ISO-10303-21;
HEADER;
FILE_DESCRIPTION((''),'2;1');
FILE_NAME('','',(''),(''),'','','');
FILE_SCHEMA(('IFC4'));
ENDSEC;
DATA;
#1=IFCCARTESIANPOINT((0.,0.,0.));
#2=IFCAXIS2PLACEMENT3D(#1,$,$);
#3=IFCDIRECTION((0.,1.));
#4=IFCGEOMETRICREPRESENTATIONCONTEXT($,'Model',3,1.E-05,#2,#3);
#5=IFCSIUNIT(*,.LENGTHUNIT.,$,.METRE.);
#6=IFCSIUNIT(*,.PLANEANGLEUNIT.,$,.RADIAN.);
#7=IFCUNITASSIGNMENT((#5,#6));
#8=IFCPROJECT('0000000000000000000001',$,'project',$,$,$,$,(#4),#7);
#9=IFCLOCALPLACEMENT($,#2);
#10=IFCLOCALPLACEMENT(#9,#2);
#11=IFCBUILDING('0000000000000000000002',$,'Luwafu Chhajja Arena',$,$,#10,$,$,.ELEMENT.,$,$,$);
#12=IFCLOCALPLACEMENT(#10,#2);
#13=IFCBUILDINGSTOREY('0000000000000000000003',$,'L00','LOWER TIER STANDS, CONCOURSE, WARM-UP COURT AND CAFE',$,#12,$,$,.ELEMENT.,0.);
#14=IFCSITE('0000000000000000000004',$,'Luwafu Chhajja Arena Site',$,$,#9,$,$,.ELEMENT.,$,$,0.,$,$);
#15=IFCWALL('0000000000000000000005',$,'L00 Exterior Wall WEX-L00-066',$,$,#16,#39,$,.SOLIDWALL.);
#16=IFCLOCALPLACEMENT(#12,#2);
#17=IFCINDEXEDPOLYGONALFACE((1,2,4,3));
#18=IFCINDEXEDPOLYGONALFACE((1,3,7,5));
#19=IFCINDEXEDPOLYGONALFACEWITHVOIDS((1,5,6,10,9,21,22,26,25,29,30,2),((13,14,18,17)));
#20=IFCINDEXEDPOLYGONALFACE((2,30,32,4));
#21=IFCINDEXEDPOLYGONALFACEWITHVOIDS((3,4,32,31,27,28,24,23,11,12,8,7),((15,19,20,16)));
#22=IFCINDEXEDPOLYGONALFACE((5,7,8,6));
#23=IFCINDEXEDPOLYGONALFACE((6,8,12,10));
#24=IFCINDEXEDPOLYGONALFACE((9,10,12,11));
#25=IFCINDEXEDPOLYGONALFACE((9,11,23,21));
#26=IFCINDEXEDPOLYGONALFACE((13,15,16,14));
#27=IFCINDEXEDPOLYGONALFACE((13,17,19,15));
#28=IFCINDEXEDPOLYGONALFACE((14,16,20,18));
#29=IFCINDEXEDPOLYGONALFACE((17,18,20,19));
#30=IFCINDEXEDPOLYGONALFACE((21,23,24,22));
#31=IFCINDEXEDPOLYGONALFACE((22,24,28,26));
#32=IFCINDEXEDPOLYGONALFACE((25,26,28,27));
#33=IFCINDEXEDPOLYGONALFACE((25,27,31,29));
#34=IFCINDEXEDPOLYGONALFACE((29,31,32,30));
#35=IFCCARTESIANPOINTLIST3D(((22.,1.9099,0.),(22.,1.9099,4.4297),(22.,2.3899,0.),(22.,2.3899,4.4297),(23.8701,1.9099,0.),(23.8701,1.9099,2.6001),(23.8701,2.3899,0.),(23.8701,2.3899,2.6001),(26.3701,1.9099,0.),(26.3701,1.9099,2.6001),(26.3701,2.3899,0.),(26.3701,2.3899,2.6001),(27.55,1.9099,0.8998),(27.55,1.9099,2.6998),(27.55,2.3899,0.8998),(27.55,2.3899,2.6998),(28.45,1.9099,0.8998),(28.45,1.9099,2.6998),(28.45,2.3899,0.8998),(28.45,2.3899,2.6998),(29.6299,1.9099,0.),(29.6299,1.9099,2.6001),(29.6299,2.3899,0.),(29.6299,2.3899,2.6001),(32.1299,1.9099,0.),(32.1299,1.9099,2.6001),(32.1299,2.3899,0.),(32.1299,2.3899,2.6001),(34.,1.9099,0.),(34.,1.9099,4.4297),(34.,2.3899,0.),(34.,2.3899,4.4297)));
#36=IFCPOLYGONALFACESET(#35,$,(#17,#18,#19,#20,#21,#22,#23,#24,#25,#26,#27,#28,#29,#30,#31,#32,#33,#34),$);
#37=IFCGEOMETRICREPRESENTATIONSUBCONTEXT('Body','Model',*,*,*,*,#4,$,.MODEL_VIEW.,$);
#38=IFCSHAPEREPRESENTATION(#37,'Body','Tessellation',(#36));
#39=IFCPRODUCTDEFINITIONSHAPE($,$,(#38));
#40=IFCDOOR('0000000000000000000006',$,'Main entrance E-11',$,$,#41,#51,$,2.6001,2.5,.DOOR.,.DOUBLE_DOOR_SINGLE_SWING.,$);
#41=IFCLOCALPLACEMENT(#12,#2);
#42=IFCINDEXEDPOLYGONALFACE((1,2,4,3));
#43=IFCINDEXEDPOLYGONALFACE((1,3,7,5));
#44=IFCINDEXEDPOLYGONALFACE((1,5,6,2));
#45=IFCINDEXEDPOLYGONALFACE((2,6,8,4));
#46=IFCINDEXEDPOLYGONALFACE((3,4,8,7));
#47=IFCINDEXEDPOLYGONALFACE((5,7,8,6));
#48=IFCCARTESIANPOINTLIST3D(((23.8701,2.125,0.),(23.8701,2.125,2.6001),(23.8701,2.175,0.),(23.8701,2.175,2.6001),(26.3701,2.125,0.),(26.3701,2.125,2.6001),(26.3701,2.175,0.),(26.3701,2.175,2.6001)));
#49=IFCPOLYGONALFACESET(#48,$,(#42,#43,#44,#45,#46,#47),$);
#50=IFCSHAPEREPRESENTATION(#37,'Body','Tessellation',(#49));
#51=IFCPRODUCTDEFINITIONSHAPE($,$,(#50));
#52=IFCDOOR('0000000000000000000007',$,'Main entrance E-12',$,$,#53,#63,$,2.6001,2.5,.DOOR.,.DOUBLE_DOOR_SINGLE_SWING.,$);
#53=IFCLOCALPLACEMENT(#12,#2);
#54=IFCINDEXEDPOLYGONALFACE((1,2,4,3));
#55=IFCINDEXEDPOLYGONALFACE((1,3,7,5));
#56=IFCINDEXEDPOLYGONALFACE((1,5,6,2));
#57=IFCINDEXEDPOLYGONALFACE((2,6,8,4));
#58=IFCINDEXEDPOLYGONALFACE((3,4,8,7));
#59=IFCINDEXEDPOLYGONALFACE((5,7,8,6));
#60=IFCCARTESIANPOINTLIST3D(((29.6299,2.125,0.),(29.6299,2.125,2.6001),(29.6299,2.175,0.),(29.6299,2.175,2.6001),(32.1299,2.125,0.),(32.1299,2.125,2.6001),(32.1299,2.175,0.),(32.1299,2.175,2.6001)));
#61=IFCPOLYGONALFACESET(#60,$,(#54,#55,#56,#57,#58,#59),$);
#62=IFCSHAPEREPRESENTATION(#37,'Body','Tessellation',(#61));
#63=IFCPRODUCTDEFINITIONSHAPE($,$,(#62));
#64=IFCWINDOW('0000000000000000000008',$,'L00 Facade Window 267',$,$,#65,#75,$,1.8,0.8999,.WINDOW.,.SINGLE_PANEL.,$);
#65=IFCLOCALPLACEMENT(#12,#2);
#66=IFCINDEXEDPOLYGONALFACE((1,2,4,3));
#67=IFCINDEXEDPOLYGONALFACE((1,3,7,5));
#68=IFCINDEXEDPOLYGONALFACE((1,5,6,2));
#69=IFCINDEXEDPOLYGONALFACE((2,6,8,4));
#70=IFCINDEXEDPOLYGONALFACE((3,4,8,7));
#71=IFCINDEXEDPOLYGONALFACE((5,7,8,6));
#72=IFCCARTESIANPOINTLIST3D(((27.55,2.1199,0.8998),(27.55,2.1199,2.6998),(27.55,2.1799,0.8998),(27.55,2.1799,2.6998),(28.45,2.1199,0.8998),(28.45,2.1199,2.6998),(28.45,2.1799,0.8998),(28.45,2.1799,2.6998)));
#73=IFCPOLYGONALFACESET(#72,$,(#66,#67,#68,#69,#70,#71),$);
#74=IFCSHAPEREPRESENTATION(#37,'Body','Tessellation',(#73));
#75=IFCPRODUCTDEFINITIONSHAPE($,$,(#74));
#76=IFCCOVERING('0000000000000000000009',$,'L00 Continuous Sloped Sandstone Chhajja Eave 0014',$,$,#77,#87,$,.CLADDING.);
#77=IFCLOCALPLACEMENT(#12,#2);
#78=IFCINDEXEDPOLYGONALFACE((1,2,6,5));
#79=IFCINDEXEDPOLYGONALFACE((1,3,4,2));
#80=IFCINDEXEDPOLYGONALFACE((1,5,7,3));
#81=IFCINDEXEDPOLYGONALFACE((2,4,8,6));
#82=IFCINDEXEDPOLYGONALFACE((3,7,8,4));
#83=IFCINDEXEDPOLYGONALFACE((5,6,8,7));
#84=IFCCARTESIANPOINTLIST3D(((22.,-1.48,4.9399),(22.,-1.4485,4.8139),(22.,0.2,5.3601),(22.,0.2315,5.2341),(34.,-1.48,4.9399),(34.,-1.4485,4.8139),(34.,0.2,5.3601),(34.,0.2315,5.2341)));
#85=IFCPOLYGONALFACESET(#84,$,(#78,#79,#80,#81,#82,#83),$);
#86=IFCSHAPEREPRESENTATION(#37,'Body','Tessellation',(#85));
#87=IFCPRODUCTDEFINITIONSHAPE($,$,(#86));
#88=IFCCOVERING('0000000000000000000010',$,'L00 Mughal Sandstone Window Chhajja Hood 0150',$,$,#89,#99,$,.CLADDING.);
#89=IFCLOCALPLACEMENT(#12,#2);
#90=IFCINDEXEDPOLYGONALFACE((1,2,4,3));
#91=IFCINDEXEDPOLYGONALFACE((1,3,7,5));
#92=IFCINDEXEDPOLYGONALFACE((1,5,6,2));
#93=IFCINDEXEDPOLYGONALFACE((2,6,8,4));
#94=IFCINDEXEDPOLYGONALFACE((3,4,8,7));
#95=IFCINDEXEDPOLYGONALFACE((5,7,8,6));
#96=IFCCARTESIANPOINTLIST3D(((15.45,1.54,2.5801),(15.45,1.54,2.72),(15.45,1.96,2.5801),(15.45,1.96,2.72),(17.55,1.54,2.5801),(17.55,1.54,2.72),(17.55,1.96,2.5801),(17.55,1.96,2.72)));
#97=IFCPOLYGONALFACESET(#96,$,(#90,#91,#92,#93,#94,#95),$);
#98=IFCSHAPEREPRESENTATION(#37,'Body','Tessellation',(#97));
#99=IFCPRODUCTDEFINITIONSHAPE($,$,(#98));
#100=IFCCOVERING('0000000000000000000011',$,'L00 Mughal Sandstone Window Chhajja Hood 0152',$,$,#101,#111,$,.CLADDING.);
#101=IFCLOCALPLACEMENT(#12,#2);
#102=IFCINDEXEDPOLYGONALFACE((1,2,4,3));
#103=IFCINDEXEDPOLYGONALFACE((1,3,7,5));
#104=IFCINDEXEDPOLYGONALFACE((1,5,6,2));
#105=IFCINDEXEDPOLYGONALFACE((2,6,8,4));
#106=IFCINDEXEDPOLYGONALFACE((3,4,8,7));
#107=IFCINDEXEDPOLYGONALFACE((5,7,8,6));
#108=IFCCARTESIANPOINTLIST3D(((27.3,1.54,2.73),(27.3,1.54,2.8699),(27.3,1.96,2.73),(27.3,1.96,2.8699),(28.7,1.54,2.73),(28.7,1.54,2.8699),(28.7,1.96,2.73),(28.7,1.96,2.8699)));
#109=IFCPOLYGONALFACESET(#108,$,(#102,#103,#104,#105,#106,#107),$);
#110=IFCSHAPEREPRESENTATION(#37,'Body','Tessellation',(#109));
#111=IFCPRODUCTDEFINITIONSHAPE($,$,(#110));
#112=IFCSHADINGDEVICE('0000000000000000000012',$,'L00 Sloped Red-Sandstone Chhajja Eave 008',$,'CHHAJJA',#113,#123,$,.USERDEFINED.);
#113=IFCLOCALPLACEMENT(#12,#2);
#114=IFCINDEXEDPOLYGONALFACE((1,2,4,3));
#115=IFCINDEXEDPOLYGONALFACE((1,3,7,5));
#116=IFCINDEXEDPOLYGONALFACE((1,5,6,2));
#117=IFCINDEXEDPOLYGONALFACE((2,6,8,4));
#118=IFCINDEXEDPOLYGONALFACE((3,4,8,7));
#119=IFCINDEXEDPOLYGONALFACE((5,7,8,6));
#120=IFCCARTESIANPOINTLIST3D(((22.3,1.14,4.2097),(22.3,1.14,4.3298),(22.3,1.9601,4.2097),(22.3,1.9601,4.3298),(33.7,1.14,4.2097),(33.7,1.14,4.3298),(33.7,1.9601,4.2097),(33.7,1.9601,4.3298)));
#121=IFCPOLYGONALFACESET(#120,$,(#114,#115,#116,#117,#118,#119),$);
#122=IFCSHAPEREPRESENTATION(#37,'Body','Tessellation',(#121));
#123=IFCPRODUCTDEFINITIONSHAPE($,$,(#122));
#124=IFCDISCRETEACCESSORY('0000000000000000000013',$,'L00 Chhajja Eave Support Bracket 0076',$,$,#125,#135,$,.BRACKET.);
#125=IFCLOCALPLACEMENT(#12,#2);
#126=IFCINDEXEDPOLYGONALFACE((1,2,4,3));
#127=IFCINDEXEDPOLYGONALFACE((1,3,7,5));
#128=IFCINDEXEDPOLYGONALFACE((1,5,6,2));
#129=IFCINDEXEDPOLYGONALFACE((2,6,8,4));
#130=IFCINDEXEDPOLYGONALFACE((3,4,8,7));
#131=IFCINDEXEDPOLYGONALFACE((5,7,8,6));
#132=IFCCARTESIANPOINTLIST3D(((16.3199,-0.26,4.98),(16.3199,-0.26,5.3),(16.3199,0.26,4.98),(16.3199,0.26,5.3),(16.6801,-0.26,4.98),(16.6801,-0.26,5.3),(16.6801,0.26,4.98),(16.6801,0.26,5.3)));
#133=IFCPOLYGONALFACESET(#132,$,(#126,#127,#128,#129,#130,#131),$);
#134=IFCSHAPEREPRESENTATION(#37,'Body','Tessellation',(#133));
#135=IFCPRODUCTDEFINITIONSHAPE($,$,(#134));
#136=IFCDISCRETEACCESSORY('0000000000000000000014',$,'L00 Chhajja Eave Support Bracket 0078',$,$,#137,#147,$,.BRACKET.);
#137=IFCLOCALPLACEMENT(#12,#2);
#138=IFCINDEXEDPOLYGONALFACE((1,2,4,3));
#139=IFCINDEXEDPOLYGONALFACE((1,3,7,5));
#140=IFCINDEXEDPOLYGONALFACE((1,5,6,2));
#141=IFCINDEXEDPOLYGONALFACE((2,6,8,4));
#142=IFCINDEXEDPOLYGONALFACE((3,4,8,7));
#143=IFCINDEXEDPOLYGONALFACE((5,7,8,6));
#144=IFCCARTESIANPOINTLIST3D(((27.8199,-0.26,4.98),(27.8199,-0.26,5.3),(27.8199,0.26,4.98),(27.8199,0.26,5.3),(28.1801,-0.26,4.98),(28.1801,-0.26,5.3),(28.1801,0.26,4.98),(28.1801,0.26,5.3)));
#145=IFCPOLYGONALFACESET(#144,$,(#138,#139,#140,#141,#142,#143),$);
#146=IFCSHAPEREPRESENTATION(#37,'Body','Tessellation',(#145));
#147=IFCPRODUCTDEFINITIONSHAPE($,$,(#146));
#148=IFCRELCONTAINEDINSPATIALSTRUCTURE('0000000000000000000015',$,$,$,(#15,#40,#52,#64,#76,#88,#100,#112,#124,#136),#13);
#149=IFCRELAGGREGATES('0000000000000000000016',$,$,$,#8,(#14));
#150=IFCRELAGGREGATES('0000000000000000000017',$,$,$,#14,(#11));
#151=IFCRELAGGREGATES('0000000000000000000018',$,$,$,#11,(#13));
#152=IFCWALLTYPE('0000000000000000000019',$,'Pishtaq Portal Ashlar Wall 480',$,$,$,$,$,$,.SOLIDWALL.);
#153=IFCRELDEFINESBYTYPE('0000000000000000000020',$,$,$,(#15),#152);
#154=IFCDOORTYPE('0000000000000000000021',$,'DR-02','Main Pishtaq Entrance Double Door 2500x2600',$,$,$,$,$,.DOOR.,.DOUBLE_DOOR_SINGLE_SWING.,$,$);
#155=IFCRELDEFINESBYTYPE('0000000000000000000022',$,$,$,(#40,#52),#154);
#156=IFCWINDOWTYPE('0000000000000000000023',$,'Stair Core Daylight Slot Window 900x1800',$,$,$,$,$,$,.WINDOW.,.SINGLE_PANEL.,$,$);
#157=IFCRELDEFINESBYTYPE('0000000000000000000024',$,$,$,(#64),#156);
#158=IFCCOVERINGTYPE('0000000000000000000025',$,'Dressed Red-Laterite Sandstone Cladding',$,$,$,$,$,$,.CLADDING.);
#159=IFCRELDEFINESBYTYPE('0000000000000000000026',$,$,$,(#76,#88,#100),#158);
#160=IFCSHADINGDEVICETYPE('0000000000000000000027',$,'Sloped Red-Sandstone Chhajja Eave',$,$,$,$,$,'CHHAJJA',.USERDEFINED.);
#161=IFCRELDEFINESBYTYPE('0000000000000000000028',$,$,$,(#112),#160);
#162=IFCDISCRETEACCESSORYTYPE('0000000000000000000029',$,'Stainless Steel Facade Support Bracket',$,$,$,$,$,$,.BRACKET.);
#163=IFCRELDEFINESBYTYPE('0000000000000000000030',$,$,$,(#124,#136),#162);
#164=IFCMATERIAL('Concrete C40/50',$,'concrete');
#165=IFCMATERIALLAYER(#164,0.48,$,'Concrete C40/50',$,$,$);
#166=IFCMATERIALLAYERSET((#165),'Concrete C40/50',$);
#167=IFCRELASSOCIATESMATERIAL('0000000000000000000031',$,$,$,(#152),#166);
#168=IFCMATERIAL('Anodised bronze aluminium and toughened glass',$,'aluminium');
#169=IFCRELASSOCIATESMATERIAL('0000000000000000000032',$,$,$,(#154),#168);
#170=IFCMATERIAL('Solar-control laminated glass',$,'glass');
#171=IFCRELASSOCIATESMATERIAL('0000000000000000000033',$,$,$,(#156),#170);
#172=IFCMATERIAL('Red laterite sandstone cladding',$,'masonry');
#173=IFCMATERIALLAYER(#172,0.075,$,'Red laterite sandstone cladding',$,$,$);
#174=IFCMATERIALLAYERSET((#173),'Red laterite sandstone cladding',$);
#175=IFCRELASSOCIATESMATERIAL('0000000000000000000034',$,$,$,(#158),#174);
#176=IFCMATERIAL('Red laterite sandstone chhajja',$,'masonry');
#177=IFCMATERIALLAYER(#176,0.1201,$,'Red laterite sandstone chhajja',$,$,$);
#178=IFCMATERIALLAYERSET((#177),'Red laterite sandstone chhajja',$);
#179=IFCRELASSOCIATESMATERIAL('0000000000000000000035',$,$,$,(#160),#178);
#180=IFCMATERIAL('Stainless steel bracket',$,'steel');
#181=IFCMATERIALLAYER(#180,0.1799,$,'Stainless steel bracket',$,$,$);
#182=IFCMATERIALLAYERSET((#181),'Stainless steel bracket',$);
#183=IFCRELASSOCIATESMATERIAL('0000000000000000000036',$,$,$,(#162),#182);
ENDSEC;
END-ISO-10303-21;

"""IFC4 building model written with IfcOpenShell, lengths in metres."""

from ifc_helpers import new_model, si_unit, direction, frame, frame_2d, origin, origin_2d, place, context, subcontext, project, spatial, polyline, rectangle, outline, extrude, material, layer, layer_set, type_object, element, fill, save


model = new_model("IFC4")

# Units and contexts
model_context = context("Model", 3, precision=1e-05, world=origin(), true_north=direction((0.0, 1.0)))
body_context = subcontext(model_context, "Body", "Model", "MODEL_VIEW")
ifc_project = project(units=[si_unit("LENGTHUNIT", "METRE"), si_unit("PLANEANGLEUNIT", "RADIAN")], contexts=[model_context])

# Site, building, storey
site_placement = place(None, origin())
site = spatial("IfcSite", under=ifc_project, at=site_placement, Name="Luwafu Chhajja Arena Site", CompositionType="ELEMENT", RefElevation=0.0)
building_placement = place(site_placement, origin())
building = spatial("IfcBuilding", under=site, at=building_placement, Name="Luwafu Chhajja Arena", CompositionType="ELEMENT")
storey_placement = place(building_placement, origin())
storey = spatial("IfcBuildingStorey", under=building, at=storey_placement, Name="L00", Description="LOWER TIER STANDS, CONCOURSE, WARM-UP COURT AND CAFE", CompositionType="ELEMENT", Elevation=0.0)

# Shared definitions
ifc_material_1 = material(Name="Concrete C40/50", Category="concrete")
ifc_layer_1 = layer(ifc_material_1, 0.48, Name="Concrete C40/50")
ifc_layer_set_1 = layer_set([ifc_layer_1], Name="Concrete C40/50")
wall_type_1 = type_object("IfcWallType", Name="Pishtaq Portal Ashlar Wall 480", PredefinedType="SOLIDWALL", material=ifc_layer_set_1)

# Wall, openings, doors, window
wall_1_placement = place(storey_placement, frame((22.0, 2.1499, 0.0), z_axis=(0.0, 0.0, 1.0), x_axis=(1.0, 0.0, 0.0)))
wall_1 = element("IfcWall", 1, at=wall_1_placement, inside=storey, type_object=wall_type_1, Name="L00 Exterior Wall WEX-L00-066", PredefinedType="SOLIDWALL", context=body_context, shape_type="SweptSolid", body=[
    extrude(rectangle(XDim=12.0, YDim=0.48, at=frame_2d((6.0, 0.0))), origin(), (0.0, 0.0, 1.0), 4.4297),
])
opening_1_placement = place(wall_1_placement, frame((1.8701, 0.0, 0.0)))
opening_1 = element("IfcOpeningElement", 2, at=opening_1_placement, cuts=wall_1, PredefinedType="OPENING", context=body_context, shape_type="SweptSolid", body=[
    extrude(rectangle(XDim=2.5, YDim=2.6001, at=frame_2d((1.25, 1.3))), frame((0.0, 0.25, 0.0), z_axis=(0.0, -1.0, 0.0), x_axis=(1.0, 0.0, 0.0)), (0.0, 0.0, 1.0), 0.5),
])
opening_2_placement = place(wall_1_placement, frame((7.6299, 0.0, 0.0)))
opening_2 = element("IfcOpeningElement", 3, at=opening_2_placement, cuts=wall_1, PredefinedType="OPENING", context=body_context, shape_type="SweptSolid", body=[
    extrude(rectangle(XDim=2.5, YDim=2.6001, at=frame_2d((1.25, 1.3))), frame((0.0, 0.25, 0.0), z_axis=(0.0, -1.0, 0.0), x_axis=(1.0, 0.0, 0.0)), (0.0, 0.0, 1.0), 0.5),
])
opening_3_placement = place(wall_1_placement, frame((5.55, 0.0, 0.8999)))
opening_3 = element("IfcOpeningElement", 4, at=opening_3_placement, cuts=wall_1, PredefinedType="OPENING", context=body_context, shape_type="SweptSolid", body=[
    extrude(rectangle(XDim=0.8999, YDim=1.8, at=frame_2d((0.45, 0.8999))), frame((0.0, 0.25, 0.0), z_axis=(0.0, -1.0, 0.0), x_axis=(1.0, 0.0, 0.0)), (0.0, 0.0, 1.0), 0.5),
])
ifc_material_2 = material(Name="Anodised bronze aluminium and toughened glass", Category="aluminium")
door_type_1 = type_object("IfcDoorType", Name="DR-02", Description="Main Pishtaq Entrance Double Door 2500x2600", OperationType="DOUBLE_DOOR_SINGLE_SWING", PredefinedType="DOOR", material=ifc_material_2)
door_1_placement = place(opening_1_placement, frame((2.5, 0.0, 0.0), z_axis=(0.0, 0.0, 1.0), x_axis=(-1.0, 0.0, 0.0)))
door_1 = element("IfcDoor", 5, at=door_1_placement, inside=storey, type_object=door_type_1, Name="Main entrance E-11", OperationType="DOUBLE_DOOR_SINGLE_SWING", OverallHeight=2.6001, OverallWidth=2.5, PredefinedType="DOOR", context=body_context, shape_type="SweptSolid", body=[
    extrude(rectangle(XDim=2.5, YDim=2.6001, at=frame_2d((1.25, 1.3))), frame((0.0, 0.0249, 0.0), z_axis=(0.0, -1.0, 0.0), x_axis=(1.0, 0.0, 0.0)), (0.0, 0.0, 1.0), 0.05),
])
fill(opening_1, door_1)
door_2_placement = place(opening_2_placement, frame((2.5, 0.0, 0.0), z_axis=(0.0, 0.0, 1.0), x_axis=(-1.0, 0.0, 0.0)))
door_2 = element("IfcDoor", 6, at=door_2_placement, inside=storey, type_object=door_type_1, Name="Main entrance E-12", OperationType="DOUBLE_DOOR_SINGLE_SWING", OverallHeight=2.6001, OverallWidth=2.5, PredefinedType="DOOR", context=body_context, shape_type="SweptSolid", body=[
    extrude(rectangle(XDim=2.5, YDim=2.6001, at=frame_2d((1.25, 1.3))), frame((0.0, 0.0249, 0.0), z_axis=(0.0, -1.0, 0.0), x_axis=(1.0, 0.0, 0.0)), (0.0, 0.0, 1.0), 0.05),
])
fill(opening_2, door_2)
ifc_material_3 = material(Name="Solar-control laminated glass", Category="glass")
window_type = type_object("IfcWindowType", Name="Stair Core Daylight Slot Window 900x1800", PartitioningType="SINGLE_PANEL", PredefinedType="WINDOW", material=ifc_material_3)
window_placement = place(opening_3_placement, origin())
window = element("IfcWindow", 7, at=window_placement, inside=storey, type_object=window_type, Name="L00 Facade Window 267", OverallHeight=1.8, OverallWidth=0.8999, PartitioningType="SINGLE_PANEL", PredefinedType="WINDOW", context=body_context, shape_type="SweptSolid", body=[
    extrude(rectangle(XDim=0.8999, YDim=1.8, at=frame_2d((0.45, 0.8999))), frame((0.0, 0.03, 0.0), z_axis=(0.0, -1.0, 0.0), x_axis=(1.0, 0.0, 0.0)), (0.0, 0.0, 1.0), 0.0601),
])
fill(opening_3, window)

# Coverings
ifc_material_4 = material(Name="Red laterite sandstone cladding", Category="masonry")
ifc_layer_2 = layer(ifc_material_4, 0.075, Name="Red laterite sandstone cladding")
ifc_layer_set_2 = layer_set([ifc_layer_2], Name="Red laterite sandstone cladding")
covering_type = type_object("IfcCoveringType", Name="Dressed Red-Laterite Sandstone Cladding", PredefinedType="CLADDING", material=ifc_layer_set_2)
covering_1_placement = place(storey_placement, frame((22.0, 0.2, 5.3601), z_axis=(0.0, -0.242635, 0.970118), x_axis=(1.0, 0.0, 0.0)))
element("IfcCovering", 8, at=covering_1_placement, inside=storey, type_object=covering_type, Name="L00 Continuous Sloped Sandstone Chhajja Eave 0014", PredefinedType="CLADDING", context=body_context, shape_type="SweptSolid", body=[
    extrude(outline(polyline([(0.0, 0.0), (12.0, 0.0), (12.0, -1.7317), (0.0, -1.7317), (0.0, 0.0)])), origin(), (0.0, 0.0, -1.0), 0.1299),
])
covering_2_placement = place(storey_placement, frame((16.5, 1.75, 2.5801), z_axis=(0.0, 0.0, 1.0), x_axis=(1.0, 0.0, 0.0)))
element("IfcCovering", 9, at=covering_2_placement, inside=storey, type_object=covering_type, Name="L00 Mughal Sandstone Window Chhajja Hood 0150", PredefinedType="CLADDING", context=body_context, shape_type="SweptSolid", body=[
    extrude(rectangle(XDim=2.1001, YDim=0.4199, at=origin_2d()), origin(), (0.0, 0.0, 1.0), 0.1399),
])
covering_3_placement = place(storey_placement, frame((28.0, 1.75, 2.73), z_axis=(0.0, 0.0, 1.0), x_axis=(1.0, 0.0, 0.0)))
element("IfcCovering", 10, at=covering_3_placement, inside=storey, type_object=covering_type, Name="L00 Mughal Sandstone Window Chhajja Hood 0152", PredefinedType="CLADDING", context=body_context, shape_type="SweptSolid", body=[
    extrude(rectangle(XDim=1.3999, YDim=0.4199, at=origin_2d()), origin(), (0.0, 0.0, 1.0), 0.1399),
])

# Shading device
ifc_material_5 = material(Name="Red laterite sandstone chhajja", Category="masonry")
ifc_layer_3 = layer(ifc_material_5, 0.1201, Name="Red laterite sandstone chhajja")
ifc_layer_set_3 = layer_set([ifc_layer_3], Name="Red laterite sandstone chhajja")
shading_device_type = type_object("IfcShadingDeviceType", Name="Sloped Red-Sandstone Chhajja Eave", ElementType="CHHAJJA", PredefinedType="USERDEFINED", material=ifc_layer_set_3)
shading_device_placement = place(storey_placement, frame((28.0, 1.55, 4.2097), z_axis=(0.0, 0.0, 1.0), x_axis=(1.0, 0.0, 0.0)))
element("IfcShadingDevice", 11, at=shading_device_placement, inside=storey, type_object=shading_device_type, Name="L00 Sloped Red-Sandstone Chhajja Eave 008", ObjectType="CHHAJJA", PredefinedType="USERDEFINED", context=body_context, shape_type="SweptSolid", body=[
    extrude(rectangle(XDim=11.3999, YDim=0.8201, at=origin_2d()), origin(), (0.0, 0.0, 1.0), 0.1201),
])

# Discrete accessories
ifc_material_6 = material(Name="Stainless steel bracket", Category="steel")
ifc_layer_4 = layer(ifc_material_6, 0.1799, Name="Stainless steel bracket")
ifc_layer_set_4 = layer_set([ifc_layer_4], Name="Stainless steel bracket")
discrete_accessory_type = type_object("IfcDiscreteAccessoryType", Name="Stainless Steel Facade Support Bracket", PredefinedType="BRACKET", material=ifc_layer_set_4)
for number, where, z_axis, x_axis, name in (
    (12, (16.5, 0.0, 4.98), (0.0, 0.0, 1.0), (1.0, 0.0, 0.0), "L00 Chhajja Eave Support Bracket 0076"),
    (13, (28.0, 0.0, 4.98), (0.0, 0.0, 1.0), (1.0, 0.0, 0.0), "L00 Chhajja Eave Support Bracket 0078"),
):
    element("IfcDiscreteAccessory", number, at=place(storey_placement, frame(where, z_axis=z_axis, x_axis=x_axis)), inside=storey, type_object=discrete_accessory_type, Name=name, PredefinedType="BRACKET", context=body_context, shape_type="SweptSolid", body=[
        extrude(rectangle(XDim=0.3601, YDim=0.52, at=origin_2d()), origin(), (0.0, 0.0, 1.0), 0.3201),
    ])

save(model, "model.ifc")
